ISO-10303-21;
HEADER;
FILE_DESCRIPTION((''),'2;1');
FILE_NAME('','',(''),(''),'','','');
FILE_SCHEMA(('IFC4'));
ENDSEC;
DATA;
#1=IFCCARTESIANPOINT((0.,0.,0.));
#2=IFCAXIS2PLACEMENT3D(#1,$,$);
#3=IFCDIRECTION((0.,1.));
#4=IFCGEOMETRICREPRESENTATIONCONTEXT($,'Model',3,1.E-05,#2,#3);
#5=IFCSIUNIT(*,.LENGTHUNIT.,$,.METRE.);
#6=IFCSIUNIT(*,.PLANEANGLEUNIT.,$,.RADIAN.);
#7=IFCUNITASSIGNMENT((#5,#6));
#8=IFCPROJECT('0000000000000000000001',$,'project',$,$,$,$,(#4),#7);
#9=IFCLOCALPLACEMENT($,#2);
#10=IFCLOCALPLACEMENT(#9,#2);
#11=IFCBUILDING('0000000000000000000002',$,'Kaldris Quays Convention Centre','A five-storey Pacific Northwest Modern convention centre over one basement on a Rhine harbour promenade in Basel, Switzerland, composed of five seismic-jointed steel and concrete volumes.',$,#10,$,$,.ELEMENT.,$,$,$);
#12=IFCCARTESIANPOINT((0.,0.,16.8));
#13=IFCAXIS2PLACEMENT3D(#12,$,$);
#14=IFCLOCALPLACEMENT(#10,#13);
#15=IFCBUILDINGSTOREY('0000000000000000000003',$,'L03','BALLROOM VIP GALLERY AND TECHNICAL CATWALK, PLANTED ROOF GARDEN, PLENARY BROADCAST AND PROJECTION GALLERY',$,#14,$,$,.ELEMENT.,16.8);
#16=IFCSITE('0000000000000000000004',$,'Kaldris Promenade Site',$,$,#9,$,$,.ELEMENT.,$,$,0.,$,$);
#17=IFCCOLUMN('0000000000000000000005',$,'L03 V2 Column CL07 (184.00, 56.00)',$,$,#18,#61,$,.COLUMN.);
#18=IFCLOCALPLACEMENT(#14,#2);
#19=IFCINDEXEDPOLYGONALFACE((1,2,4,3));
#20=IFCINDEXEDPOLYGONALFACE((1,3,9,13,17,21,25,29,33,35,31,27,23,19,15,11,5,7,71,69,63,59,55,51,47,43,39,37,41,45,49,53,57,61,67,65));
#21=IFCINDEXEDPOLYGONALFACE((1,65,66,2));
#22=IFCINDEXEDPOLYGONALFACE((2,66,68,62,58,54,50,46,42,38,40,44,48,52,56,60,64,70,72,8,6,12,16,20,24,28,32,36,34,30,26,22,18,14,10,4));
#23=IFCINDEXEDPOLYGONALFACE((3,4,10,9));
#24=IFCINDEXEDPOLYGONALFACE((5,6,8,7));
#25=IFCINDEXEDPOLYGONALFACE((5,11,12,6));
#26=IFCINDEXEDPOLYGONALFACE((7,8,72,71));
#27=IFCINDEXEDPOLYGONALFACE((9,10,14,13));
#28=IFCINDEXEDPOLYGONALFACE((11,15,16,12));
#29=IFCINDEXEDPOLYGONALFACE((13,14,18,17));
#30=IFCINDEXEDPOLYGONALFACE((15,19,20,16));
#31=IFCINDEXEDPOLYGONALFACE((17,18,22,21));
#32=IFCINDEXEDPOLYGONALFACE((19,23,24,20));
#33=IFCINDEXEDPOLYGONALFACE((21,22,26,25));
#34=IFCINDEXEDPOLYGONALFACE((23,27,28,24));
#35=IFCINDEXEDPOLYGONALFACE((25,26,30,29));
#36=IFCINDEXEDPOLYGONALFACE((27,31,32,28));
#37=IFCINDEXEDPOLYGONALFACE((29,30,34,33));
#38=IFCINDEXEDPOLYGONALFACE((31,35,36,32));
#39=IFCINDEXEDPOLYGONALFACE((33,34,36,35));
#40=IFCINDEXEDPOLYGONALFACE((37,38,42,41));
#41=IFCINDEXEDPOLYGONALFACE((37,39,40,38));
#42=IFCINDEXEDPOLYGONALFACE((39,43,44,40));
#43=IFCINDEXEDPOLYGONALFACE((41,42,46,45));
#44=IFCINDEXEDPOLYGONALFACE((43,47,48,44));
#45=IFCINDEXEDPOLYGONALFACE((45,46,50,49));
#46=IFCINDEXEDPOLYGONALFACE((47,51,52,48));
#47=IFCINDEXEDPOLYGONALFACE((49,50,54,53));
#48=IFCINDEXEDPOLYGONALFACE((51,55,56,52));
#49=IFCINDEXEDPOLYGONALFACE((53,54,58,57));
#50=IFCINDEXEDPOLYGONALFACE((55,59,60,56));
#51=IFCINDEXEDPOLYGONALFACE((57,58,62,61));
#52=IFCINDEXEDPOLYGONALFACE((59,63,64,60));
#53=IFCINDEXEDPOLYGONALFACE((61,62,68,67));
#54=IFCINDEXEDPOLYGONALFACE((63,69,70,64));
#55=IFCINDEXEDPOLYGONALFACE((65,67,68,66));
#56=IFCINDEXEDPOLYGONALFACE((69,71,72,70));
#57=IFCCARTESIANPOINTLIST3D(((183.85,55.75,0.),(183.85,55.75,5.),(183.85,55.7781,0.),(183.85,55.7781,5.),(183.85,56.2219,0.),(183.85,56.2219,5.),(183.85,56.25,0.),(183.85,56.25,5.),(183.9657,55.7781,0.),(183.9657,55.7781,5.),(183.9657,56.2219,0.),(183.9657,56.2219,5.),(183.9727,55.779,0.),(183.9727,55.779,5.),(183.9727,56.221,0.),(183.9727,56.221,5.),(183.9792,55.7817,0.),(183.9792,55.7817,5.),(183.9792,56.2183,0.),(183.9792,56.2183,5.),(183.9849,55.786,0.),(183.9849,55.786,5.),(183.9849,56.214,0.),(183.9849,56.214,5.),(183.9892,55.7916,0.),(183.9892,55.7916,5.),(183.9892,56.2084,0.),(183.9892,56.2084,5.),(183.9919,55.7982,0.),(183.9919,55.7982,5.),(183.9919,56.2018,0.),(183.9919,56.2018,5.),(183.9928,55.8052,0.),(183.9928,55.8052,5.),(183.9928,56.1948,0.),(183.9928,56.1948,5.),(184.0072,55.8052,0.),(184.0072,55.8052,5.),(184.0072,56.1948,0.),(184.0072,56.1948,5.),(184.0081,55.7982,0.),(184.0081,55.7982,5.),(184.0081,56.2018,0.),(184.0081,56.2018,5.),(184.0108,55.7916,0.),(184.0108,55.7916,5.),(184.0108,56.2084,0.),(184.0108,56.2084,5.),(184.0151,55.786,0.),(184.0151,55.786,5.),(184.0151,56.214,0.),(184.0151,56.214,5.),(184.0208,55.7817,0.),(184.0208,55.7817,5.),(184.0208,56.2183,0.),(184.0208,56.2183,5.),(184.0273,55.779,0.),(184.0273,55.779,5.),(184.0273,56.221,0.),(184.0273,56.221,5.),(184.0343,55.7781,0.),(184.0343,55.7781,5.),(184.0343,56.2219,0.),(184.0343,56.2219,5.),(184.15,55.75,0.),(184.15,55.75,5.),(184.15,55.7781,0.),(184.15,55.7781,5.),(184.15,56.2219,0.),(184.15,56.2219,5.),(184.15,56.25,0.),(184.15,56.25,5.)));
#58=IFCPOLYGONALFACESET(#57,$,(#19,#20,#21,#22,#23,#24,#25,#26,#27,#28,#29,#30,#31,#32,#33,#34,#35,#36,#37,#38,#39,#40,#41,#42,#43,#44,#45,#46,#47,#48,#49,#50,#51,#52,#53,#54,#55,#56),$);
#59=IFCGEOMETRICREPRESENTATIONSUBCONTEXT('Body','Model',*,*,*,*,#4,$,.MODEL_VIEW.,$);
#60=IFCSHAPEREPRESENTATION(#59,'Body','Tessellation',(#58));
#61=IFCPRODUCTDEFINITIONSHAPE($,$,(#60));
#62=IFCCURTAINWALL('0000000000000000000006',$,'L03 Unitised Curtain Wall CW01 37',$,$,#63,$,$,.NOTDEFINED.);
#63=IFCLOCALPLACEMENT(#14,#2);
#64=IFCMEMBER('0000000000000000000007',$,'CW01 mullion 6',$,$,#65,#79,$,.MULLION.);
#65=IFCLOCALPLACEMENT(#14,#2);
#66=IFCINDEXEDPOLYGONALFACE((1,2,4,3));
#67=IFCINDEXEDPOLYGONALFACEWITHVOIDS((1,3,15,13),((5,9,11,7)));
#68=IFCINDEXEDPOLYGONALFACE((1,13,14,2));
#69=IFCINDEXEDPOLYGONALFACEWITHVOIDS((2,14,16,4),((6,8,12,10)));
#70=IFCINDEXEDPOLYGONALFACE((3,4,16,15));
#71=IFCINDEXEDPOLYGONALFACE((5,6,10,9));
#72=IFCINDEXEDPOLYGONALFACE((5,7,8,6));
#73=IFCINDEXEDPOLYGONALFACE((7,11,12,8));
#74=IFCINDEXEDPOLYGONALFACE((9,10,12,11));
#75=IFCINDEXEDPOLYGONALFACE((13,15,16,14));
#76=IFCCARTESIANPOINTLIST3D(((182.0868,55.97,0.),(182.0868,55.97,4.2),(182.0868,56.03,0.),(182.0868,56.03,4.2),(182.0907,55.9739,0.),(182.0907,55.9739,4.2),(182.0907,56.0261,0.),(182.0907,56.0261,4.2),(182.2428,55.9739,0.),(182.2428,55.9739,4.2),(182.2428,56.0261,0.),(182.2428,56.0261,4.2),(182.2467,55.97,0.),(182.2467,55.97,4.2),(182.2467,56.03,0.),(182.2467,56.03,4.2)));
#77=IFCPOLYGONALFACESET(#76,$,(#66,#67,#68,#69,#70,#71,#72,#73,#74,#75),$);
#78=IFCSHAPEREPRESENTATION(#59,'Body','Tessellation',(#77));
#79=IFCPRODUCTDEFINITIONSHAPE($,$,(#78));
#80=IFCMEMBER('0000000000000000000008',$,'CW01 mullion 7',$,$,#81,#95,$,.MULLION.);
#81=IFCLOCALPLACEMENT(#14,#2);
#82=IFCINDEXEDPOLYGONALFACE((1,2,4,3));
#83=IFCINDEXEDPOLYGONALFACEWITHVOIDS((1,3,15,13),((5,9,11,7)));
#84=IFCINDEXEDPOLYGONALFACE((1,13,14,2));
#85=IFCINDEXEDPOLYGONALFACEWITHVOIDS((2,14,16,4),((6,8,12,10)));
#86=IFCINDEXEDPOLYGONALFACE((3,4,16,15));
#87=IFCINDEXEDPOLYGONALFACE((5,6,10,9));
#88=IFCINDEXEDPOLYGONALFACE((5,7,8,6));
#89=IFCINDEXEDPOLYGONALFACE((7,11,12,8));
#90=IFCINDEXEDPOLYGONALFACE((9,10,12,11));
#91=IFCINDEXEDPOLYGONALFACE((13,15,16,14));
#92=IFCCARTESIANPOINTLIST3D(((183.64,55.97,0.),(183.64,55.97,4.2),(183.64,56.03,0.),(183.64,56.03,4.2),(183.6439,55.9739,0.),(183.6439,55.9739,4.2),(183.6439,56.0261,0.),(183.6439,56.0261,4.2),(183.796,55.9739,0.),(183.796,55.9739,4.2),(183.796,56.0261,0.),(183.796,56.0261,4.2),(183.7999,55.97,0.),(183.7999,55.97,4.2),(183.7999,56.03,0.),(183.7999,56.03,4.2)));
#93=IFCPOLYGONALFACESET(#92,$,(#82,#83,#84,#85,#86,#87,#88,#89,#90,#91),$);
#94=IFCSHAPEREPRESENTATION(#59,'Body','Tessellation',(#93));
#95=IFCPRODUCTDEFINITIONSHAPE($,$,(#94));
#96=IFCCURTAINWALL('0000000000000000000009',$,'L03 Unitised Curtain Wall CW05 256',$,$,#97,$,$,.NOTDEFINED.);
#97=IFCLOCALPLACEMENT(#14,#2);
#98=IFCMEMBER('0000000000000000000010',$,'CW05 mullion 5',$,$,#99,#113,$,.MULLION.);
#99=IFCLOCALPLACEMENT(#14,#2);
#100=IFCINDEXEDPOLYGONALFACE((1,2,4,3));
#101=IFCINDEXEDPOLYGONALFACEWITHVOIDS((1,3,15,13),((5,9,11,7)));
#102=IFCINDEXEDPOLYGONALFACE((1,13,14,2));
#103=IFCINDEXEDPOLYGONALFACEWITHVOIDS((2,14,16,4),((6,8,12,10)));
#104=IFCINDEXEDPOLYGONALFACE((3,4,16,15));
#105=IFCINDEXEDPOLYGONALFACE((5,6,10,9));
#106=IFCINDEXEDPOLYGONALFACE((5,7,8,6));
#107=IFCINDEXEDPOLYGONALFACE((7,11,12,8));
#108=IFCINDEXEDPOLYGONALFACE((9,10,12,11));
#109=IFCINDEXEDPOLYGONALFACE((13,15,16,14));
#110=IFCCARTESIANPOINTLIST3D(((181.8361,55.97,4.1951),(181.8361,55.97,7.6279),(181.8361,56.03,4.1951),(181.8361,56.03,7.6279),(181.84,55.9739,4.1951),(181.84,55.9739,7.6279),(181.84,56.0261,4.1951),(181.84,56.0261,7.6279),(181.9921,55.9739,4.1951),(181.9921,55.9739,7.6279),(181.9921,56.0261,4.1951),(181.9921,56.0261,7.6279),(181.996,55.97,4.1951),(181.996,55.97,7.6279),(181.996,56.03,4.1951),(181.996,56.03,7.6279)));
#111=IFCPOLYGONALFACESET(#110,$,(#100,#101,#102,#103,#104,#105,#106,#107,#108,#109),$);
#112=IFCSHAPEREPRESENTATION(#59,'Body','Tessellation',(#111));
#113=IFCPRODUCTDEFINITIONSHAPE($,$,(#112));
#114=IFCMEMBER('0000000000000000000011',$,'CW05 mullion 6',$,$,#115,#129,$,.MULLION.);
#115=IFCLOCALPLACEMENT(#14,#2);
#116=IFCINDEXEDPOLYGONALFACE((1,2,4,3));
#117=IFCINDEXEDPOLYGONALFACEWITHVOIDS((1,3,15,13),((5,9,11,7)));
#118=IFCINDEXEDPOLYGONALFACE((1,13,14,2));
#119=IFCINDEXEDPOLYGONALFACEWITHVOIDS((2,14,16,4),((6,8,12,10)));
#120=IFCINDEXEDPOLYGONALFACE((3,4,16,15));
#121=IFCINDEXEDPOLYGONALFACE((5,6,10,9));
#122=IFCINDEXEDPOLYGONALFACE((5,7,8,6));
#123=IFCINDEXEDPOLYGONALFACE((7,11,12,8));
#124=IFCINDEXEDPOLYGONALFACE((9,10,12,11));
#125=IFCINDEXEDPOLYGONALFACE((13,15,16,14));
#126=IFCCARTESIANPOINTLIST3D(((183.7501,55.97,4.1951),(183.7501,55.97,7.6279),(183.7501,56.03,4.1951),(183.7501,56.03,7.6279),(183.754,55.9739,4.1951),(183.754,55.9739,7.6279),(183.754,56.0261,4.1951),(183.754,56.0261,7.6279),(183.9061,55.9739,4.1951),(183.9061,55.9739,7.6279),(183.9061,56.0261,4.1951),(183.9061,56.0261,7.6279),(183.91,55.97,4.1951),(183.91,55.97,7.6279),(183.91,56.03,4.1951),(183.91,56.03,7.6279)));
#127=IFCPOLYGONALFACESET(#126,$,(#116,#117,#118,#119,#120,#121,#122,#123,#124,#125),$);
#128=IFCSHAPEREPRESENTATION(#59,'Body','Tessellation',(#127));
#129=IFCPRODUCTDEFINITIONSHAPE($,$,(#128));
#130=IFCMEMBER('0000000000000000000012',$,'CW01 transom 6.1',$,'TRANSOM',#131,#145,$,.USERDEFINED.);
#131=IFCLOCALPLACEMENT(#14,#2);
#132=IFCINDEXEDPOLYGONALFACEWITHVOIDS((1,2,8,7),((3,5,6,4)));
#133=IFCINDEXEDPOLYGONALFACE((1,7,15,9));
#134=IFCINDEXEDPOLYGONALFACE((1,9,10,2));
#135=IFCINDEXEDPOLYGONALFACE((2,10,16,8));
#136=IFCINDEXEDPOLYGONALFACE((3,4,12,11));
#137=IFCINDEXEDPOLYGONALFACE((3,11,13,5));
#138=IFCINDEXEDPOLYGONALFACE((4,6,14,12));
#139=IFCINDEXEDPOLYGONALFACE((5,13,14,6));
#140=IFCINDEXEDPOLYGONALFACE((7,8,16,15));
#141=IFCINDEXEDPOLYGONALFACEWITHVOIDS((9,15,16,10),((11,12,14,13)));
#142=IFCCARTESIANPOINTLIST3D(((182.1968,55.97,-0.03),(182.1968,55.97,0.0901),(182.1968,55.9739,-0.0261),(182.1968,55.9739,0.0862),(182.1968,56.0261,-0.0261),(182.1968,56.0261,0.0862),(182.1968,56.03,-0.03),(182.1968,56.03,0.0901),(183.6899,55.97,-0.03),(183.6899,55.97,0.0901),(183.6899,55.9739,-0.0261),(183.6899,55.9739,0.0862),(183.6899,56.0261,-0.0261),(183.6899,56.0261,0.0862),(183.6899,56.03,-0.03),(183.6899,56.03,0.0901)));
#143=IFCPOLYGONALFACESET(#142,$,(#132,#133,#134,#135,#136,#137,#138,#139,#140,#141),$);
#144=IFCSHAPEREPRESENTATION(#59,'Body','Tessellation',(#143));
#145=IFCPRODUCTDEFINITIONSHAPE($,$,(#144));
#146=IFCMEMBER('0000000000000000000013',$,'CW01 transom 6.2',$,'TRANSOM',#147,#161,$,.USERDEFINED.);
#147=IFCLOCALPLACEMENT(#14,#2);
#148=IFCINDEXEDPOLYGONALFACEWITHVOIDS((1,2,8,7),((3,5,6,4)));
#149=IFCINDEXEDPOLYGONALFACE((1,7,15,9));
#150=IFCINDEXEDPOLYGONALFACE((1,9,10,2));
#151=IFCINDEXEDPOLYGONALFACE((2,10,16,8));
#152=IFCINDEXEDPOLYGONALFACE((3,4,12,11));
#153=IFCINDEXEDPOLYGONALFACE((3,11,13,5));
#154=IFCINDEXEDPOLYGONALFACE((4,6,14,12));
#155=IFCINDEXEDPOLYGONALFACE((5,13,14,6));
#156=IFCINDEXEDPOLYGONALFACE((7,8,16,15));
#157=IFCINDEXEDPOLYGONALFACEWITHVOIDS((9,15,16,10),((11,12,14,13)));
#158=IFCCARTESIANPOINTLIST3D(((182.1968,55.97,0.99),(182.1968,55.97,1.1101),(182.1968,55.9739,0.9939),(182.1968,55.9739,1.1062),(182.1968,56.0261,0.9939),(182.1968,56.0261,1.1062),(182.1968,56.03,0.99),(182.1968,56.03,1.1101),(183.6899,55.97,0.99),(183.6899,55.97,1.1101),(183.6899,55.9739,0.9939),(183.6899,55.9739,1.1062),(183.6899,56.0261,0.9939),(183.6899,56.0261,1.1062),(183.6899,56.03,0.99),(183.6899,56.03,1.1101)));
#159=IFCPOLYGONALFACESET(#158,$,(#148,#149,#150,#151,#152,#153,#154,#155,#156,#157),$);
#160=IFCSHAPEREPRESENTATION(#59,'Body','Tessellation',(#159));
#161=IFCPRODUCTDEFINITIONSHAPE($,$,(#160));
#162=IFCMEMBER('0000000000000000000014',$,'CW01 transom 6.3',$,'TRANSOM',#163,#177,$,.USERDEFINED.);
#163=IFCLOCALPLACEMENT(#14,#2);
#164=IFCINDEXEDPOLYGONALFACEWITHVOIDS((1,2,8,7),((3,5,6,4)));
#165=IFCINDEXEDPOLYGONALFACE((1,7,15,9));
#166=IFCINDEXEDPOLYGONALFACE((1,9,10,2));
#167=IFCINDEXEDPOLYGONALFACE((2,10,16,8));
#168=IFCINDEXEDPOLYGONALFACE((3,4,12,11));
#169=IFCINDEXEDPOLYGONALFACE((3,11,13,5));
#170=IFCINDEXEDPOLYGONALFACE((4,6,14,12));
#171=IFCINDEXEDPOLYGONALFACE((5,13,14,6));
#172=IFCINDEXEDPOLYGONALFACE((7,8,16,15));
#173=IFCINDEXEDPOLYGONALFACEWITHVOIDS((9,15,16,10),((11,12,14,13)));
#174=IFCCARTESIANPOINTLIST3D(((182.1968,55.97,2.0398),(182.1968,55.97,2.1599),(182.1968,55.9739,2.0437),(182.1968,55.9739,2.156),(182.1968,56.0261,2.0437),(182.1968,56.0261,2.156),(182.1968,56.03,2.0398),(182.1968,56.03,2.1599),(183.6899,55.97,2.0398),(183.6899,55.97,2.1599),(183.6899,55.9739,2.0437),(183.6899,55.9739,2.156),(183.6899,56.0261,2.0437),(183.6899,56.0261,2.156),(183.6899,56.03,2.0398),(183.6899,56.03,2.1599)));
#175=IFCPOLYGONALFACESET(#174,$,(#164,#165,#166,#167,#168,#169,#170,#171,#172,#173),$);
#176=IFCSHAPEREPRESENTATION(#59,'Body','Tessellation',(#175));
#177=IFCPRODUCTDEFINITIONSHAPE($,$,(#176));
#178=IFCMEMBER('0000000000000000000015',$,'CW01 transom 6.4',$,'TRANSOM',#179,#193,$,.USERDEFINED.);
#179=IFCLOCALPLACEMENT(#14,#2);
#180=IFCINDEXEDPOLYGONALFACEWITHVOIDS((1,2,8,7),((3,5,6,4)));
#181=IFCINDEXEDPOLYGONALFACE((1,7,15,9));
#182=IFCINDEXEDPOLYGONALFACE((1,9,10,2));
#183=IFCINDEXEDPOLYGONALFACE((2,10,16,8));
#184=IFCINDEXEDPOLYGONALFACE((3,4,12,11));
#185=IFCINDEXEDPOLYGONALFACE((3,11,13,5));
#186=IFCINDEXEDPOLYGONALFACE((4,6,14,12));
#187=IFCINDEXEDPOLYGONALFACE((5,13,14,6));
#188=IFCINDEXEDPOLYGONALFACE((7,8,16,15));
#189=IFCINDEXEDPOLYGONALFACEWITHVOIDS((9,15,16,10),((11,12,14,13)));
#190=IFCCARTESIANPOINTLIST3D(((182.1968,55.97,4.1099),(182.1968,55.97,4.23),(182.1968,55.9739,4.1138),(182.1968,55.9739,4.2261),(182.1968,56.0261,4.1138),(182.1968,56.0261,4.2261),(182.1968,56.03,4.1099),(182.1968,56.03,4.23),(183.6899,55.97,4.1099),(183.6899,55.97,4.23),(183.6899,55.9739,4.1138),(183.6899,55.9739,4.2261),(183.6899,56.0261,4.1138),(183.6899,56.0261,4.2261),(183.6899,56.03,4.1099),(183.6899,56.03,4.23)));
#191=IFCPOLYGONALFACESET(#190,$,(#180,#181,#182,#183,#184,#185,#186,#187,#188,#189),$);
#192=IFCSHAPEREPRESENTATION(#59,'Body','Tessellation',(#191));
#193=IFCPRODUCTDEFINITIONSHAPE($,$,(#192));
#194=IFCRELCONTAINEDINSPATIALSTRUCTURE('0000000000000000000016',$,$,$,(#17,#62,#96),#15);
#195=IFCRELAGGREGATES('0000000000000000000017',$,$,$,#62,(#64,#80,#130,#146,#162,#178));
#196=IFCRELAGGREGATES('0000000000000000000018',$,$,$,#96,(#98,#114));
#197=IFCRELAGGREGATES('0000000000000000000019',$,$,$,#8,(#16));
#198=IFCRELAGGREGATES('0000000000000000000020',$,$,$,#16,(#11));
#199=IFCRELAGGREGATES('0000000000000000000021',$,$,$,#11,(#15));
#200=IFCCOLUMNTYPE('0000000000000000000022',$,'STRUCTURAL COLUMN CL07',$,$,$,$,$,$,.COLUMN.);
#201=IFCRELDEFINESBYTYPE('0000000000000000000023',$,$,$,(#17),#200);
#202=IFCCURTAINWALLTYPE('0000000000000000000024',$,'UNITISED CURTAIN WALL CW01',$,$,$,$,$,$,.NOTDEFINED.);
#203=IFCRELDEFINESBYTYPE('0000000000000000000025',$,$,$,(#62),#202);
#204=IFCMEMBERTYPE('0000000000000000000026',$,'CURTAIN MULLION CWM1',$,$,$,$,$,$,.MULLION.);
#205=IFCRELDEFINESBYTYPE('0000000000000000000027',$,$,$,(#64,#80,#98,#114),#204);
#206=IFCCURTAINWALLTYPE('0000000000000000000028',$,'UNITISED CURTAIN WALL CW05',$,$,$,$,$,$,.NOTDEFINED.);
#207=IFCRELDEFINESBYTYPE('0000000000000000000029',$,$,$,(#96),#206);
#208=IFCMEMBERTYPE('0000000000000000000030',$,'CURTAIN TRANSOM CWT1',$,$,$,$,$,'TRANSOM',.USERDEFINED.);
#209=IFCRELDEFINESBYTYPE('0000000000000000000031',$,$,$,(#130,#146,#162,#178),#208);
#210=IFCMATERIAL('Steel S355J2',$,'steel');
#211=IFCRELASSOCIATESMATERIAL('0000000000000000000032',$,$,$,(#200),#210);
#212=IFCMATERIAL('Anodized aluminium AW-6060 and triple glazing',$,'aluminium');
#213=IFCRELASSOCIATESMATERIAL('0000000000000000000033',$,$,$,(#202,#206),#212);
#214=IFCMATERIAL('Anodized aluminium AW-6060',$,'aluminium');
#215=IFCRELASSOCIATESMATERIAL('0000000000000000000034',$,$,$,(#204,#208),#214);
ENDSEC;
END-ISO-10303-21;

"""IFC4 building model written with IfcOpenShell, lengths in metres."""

from ifc_helpers import new_model, si_unit, direction, frame, origin, origin_2d, place, context, subcontext, project, spatial, hollow_rectangle, i_section, extrude, material, material_profile, profile_set, type_object, element, aggregate, save


model = new_model("IFC4")

# Units and contexts
model_context = context("Model", 3, precision=1e-05, world=origin(), true_north=direction((0.0, 1.0)))
body_context = subcontext(model_context, "Body", "Model", "MODEL_VIEW")
ifc_project = project(units=[si_unit("LENGTHUNIT", "METRE"), si_unit("PLANEANGLEUNIT", "RADIAN")], contexts=[model_context])

# Site, building, storey
site_placement = place(None, origin())
site = spatial("IfcSite", under=ifc_project, at=site_placement, Name="Kaldris Promenade Site", CompositionType="ELEMENT", RefElevation=0.0)
building_placement = place(site_placement, origin())
building = spatial("IfcBuilding", under=site, at=building_placement, Name="Kaldris Quays Convention Centre", Description="A five-storey Pacific Northwest Modern convention centre over one basement on a Rhine harbour promenade in Basel, Switzerland, composed of five seismic-jointed steel and concrete volumes.", CompositionType="ELEMENT")
storey_placement = place(building_placement, frame((0.0, 0.0, 16.8)))
storey = spatial("IfcBuildingStorey", under=building, at=storey_placement, Name="L03", Description="BALLROOM VIP GALLERY AND TECHNICAL CATWALK, PLANTED ROOF GARDEN, PLENARY BROADCAST AND PROJECTION GALLERY", CompositionType="ELEMENT", Elevation=16.8)

# Column
ifc_material_1 = material(Name="Steel S355J2", Category="steel")
ifc_material_profile_1 = material_profile(ifc_material_1, i_section(OverallWidth=0.3, OverallDepth=0.5, WebThickness=0.0144, FlangeThickness=0.0281, FilletRadius=0.0271, at=origin_2d()), Name="HEB 500")
ifc_profile_set_1 = profile_set([ifc_material_profile_1], Name="Steel S355J2")
column_type = type_object("IfcColumnType", Name="STRUCTURAL COLUMN CL07", PredefinedType="COLUMN", material=ifc_profile_set_1)
column_placement = place(storey_placement, frame((184.0, 56.0, 0.0), z_axis=(0.0, 0.0, 1.0), x_axis=(1.0, 0.0, 0.0)))
element("IfcColumn", 1, at=column_placement, inside=storey, type_object=column_type, Name="L03 V2 Column CL07 (184.00, 56.00)", PredefinedType="COLUMN", context=body_context, shape_type="SweptSolid", body=[
    extrude(i_section(OverallWidth=0.3, OverallDepth=0.5, WebThickness=0.0144, FlangeThickness=0.0281, FilletRadius=0.0271, at=origin_2d()), origin(), (0.0, 0.0, 1.0), 5.0),
])

# Curtain walls, members
ifc_material_2 = material(Name="Anodized aluminium AW-6060 and triple glazing", Category="aluminium")
curtain_wall_type_1 = type_object("IfcCurtainWallType", Name="UNITISED CURTAIN WALL CW01", PredefinedType="NOTDEFINED", material=ifc_material_2)
curtain_wall_1_placement = place(storey_placement, origin())
curtain_wall_1 = element("IfcCurtainWall", 2, at=curtain_wall_1_placement, inside=storey, type_object=curtain_wall_type_1, Name="L03 Unitised Curtain Wall CW01 37", PredefinedType="NOTDEFINED")
ifc_material_3 = material(Name="Anodized aluminium AW-6060", Category="aluminium")
ifc_material_profile_2 = material_profile(ifc_material_3, hollow_rectangle(XDim=0.0601, YDim=0.1599, WallThickness=0.0039, at=origin_2d()), Name="RHS 160x60x4")
ifc_profile_set_2 = profile_set([ifc_material_profile_2], Name="Anodized aluminium AW-6060")
member_type_1 = type_object("IfcMemberType", Name="CURTAIN MULLION CWM1", PredefinedType="MULLION", material=ifc_profile_set_2)
member_1_placement = place(storey_placement, frame((182.1667, 56.0, 0.0), z_axis=(0.0, 0.0, 1.0), x_axis=(0.0, 1.0, 0.0)))
member_1 = element("IfcMember", 3, at=member_1_placement, type_object=member_type_1, Name="CW01 mullion 6", PredefinedType="MULLION", context=body_context, shape_type="SweptSolid", body=[
    extrude(hollow_rectangle(XDim=0.0601, YDim=0.1599, WallThickness=0.0039, at=origin_2d()), origin(), (0.0, 0.0, 1.0), 4.2),
])
member_2_placement = place(storey_placement, frame((183.72, 56.0, 0.0), z_axis=(0.0, 0.0, 1.0), x_axis=(0.0, 1.0, 0.0)))
member_2 = element("IfcMember", 4, at=member_2_placement, type_object=member_type_1, Name="CW01 mullion 7", PredefinedType="MULLION", context=body_context, shape_type="SweptSolid", body=[
    extrude(hollow_rectangle(XDim=0.0601, YDim=0.1599, WallThickness=0.0039, at=origin_2d()), origin(), (0.0, 0.0, 1.0), 4.2),
])
curtain_wall_type_2 = type_object("IfcCurtainWallType", Name="UNITISED CURTAIN WALL CW05", PredefinedType="NOTDEFINED", material=ifc_material_2)
curtain_wall_2_placement = place(storey_placement, origin())
curtain_wall_2 = element("IfcCurtainWall", 5, at=curtain_wall_2_placement, inside=storey, type_object=curtain_wall_type_2, Name="L03 Unitised Curtain Wall CW05 256", PredefinedType="NOTDEFINED")
member_3_placement = place(storey_placement, frame((181.916, 56.0, 4.1951), z_axis=(0.0, 0.0, 1.0), x_axis=(0.0, 1.0, 0.0)))
member_3 = element("IfcMember", 6, at=member_3_placement, type_object=member_type_1, Name="CW05 mullion 5", PredefinedType="MULLION", context=body_context, shape_type="SweptSolid", body=[
    extrude(hollow_rectangle(XDim=0.0601, YDim=0.1599, WallThickness=0.0039, at=origin_2d()), origin(), (0.0, 0.0, 1.0), 3.4329),
])
member_4_placement = place(storey_placement, frame((183.8301, 56.0, 4.1951), z_axis=(0.0, 0.0, 1.0), x_axis=(0.0, 1.0, 0.0)))
member_4 = element("IfcMember", 7, at=member_4_placement, type_object=member_type_1, Name="CW05 mullion 6", PredefinedType="MULLION", context=body_context, shape_type="SweptSolid", body=[
    extrude(hollow_rectangle(XDim=0.0601, YDim=0.1599, WallThickness=0.0039, at=origin_2d()), origin(), (0.0, 0.0, 1.0), 3.4329),
])

# Members
ifc_material_profile_3 = material_profile(ifc_material_3, hollow_rectangle(XDim=0.0601, YDim=0.1201, WallThickness=0.0039, at=origin_2d()), Name="RHS 120x60x4")
ifc_profile_set_3 = profile_set([ifc_material_profile_3], Name="Anodized aluminium AW-6060")
member_type_2 = type_object("IfcMemberType", Name="CURTAIN TRANSOM CWT1", ElementType="TRANSOM", PredefinedType="USERDEFINED", material=ifc_profile_set_3)
member_5_placement = place(storey_placement, frame((182.1968, 56.0, 0.03), z_axis=(1.0, 0.0, 0.0), x_axis=(0.0, 1.0, 0.0)))
member_5 = element("IfcMember", 8, at=member_5_placement, type_object=member_type_2, Name="CW01 transom 6.1", ObjectType="TRANSOM", PredefinedType="USERDEFINED", context=body_context, shape_type="SweptSolid", body=[
    extrude(hollow_rectangle(XDim=0.0601, YDim=0.1201, WallThickness=0.0039, at=origin_2d()), origin(), (0.0, 0.0, 1.0), 1.4932),
])
member_6_placement = place(storey_placement, frame((182.1968, 56.0, 1.05), z_axis=(1.0, 0.0, 0.0), x_axis=(0.0, 1.0, 0.0)))
member_6 = element("IfcMember", 9, at=member_6_placement, type_object=member_type_2, Name="CW01 transom 6.2", ObjectType="TRANSOM", PredefinedType="USERDEFINED", context=body_context, shape_type="SweptSolid", body=[
    extrude(hollow_rectangle(XDim=0.0601, YDim=0.1201, WallThickness=0.0039, at=origin_2d()), origin(), (0.0, 0.0, 1.0), 1.4932),
])
member_7_placement = place(storey_placement, frame((182.1968, 56.0, 2.0999), z_axis=(1.0, 0.0, 0.0), x_axis=(0.0, 1.0, 0.0)))
member_7 = element("IfcMember", 10, at=member_7_placement, type_object=member_type_2, Name="CW01 transom 6.3", ObjectType="TRANSOM", PredefinedType="USERDEFINED", context=body_context, shape_type="SweptSolid", body=[
    extrude(hollow_rectangle(XDim=0.0601, YDim=0.1201, WallThickness=0.0039, at=origin_2d()), origin(), (0.0, 0.0, 1.0), 1.4932),
])
member_8_placement = place(storey_placement, frame((182.1968, 56.0, 4.1699), z_axis=(1.0, 0.0, 0.0), x_axis=(0.0, 1.0, 0.0)))
member_8 = element("IfcMember", 11, at=member_8_placement, type_object=member_type_2, Name="CW01 transom 6.4", ObjectType="TRANSOM", PredefinedType="USERDEFINED", context=body_context, shape_type="SweptSolid", body=[
    extrude(hollow_rectangle(XDim=0.0601, YDim=0.1201, WallThickness=0.0039, at=origin_2d()), origin(), (0.0, 0.0, 1.0), 1.4932),
])

aggregate(curtain_wall_1, [member_1, member_2, member_5, member_6, member_7, member_8])
aggregate(curtain_wall_2, [member_3, member_4])

save(model, "model.ifc")
